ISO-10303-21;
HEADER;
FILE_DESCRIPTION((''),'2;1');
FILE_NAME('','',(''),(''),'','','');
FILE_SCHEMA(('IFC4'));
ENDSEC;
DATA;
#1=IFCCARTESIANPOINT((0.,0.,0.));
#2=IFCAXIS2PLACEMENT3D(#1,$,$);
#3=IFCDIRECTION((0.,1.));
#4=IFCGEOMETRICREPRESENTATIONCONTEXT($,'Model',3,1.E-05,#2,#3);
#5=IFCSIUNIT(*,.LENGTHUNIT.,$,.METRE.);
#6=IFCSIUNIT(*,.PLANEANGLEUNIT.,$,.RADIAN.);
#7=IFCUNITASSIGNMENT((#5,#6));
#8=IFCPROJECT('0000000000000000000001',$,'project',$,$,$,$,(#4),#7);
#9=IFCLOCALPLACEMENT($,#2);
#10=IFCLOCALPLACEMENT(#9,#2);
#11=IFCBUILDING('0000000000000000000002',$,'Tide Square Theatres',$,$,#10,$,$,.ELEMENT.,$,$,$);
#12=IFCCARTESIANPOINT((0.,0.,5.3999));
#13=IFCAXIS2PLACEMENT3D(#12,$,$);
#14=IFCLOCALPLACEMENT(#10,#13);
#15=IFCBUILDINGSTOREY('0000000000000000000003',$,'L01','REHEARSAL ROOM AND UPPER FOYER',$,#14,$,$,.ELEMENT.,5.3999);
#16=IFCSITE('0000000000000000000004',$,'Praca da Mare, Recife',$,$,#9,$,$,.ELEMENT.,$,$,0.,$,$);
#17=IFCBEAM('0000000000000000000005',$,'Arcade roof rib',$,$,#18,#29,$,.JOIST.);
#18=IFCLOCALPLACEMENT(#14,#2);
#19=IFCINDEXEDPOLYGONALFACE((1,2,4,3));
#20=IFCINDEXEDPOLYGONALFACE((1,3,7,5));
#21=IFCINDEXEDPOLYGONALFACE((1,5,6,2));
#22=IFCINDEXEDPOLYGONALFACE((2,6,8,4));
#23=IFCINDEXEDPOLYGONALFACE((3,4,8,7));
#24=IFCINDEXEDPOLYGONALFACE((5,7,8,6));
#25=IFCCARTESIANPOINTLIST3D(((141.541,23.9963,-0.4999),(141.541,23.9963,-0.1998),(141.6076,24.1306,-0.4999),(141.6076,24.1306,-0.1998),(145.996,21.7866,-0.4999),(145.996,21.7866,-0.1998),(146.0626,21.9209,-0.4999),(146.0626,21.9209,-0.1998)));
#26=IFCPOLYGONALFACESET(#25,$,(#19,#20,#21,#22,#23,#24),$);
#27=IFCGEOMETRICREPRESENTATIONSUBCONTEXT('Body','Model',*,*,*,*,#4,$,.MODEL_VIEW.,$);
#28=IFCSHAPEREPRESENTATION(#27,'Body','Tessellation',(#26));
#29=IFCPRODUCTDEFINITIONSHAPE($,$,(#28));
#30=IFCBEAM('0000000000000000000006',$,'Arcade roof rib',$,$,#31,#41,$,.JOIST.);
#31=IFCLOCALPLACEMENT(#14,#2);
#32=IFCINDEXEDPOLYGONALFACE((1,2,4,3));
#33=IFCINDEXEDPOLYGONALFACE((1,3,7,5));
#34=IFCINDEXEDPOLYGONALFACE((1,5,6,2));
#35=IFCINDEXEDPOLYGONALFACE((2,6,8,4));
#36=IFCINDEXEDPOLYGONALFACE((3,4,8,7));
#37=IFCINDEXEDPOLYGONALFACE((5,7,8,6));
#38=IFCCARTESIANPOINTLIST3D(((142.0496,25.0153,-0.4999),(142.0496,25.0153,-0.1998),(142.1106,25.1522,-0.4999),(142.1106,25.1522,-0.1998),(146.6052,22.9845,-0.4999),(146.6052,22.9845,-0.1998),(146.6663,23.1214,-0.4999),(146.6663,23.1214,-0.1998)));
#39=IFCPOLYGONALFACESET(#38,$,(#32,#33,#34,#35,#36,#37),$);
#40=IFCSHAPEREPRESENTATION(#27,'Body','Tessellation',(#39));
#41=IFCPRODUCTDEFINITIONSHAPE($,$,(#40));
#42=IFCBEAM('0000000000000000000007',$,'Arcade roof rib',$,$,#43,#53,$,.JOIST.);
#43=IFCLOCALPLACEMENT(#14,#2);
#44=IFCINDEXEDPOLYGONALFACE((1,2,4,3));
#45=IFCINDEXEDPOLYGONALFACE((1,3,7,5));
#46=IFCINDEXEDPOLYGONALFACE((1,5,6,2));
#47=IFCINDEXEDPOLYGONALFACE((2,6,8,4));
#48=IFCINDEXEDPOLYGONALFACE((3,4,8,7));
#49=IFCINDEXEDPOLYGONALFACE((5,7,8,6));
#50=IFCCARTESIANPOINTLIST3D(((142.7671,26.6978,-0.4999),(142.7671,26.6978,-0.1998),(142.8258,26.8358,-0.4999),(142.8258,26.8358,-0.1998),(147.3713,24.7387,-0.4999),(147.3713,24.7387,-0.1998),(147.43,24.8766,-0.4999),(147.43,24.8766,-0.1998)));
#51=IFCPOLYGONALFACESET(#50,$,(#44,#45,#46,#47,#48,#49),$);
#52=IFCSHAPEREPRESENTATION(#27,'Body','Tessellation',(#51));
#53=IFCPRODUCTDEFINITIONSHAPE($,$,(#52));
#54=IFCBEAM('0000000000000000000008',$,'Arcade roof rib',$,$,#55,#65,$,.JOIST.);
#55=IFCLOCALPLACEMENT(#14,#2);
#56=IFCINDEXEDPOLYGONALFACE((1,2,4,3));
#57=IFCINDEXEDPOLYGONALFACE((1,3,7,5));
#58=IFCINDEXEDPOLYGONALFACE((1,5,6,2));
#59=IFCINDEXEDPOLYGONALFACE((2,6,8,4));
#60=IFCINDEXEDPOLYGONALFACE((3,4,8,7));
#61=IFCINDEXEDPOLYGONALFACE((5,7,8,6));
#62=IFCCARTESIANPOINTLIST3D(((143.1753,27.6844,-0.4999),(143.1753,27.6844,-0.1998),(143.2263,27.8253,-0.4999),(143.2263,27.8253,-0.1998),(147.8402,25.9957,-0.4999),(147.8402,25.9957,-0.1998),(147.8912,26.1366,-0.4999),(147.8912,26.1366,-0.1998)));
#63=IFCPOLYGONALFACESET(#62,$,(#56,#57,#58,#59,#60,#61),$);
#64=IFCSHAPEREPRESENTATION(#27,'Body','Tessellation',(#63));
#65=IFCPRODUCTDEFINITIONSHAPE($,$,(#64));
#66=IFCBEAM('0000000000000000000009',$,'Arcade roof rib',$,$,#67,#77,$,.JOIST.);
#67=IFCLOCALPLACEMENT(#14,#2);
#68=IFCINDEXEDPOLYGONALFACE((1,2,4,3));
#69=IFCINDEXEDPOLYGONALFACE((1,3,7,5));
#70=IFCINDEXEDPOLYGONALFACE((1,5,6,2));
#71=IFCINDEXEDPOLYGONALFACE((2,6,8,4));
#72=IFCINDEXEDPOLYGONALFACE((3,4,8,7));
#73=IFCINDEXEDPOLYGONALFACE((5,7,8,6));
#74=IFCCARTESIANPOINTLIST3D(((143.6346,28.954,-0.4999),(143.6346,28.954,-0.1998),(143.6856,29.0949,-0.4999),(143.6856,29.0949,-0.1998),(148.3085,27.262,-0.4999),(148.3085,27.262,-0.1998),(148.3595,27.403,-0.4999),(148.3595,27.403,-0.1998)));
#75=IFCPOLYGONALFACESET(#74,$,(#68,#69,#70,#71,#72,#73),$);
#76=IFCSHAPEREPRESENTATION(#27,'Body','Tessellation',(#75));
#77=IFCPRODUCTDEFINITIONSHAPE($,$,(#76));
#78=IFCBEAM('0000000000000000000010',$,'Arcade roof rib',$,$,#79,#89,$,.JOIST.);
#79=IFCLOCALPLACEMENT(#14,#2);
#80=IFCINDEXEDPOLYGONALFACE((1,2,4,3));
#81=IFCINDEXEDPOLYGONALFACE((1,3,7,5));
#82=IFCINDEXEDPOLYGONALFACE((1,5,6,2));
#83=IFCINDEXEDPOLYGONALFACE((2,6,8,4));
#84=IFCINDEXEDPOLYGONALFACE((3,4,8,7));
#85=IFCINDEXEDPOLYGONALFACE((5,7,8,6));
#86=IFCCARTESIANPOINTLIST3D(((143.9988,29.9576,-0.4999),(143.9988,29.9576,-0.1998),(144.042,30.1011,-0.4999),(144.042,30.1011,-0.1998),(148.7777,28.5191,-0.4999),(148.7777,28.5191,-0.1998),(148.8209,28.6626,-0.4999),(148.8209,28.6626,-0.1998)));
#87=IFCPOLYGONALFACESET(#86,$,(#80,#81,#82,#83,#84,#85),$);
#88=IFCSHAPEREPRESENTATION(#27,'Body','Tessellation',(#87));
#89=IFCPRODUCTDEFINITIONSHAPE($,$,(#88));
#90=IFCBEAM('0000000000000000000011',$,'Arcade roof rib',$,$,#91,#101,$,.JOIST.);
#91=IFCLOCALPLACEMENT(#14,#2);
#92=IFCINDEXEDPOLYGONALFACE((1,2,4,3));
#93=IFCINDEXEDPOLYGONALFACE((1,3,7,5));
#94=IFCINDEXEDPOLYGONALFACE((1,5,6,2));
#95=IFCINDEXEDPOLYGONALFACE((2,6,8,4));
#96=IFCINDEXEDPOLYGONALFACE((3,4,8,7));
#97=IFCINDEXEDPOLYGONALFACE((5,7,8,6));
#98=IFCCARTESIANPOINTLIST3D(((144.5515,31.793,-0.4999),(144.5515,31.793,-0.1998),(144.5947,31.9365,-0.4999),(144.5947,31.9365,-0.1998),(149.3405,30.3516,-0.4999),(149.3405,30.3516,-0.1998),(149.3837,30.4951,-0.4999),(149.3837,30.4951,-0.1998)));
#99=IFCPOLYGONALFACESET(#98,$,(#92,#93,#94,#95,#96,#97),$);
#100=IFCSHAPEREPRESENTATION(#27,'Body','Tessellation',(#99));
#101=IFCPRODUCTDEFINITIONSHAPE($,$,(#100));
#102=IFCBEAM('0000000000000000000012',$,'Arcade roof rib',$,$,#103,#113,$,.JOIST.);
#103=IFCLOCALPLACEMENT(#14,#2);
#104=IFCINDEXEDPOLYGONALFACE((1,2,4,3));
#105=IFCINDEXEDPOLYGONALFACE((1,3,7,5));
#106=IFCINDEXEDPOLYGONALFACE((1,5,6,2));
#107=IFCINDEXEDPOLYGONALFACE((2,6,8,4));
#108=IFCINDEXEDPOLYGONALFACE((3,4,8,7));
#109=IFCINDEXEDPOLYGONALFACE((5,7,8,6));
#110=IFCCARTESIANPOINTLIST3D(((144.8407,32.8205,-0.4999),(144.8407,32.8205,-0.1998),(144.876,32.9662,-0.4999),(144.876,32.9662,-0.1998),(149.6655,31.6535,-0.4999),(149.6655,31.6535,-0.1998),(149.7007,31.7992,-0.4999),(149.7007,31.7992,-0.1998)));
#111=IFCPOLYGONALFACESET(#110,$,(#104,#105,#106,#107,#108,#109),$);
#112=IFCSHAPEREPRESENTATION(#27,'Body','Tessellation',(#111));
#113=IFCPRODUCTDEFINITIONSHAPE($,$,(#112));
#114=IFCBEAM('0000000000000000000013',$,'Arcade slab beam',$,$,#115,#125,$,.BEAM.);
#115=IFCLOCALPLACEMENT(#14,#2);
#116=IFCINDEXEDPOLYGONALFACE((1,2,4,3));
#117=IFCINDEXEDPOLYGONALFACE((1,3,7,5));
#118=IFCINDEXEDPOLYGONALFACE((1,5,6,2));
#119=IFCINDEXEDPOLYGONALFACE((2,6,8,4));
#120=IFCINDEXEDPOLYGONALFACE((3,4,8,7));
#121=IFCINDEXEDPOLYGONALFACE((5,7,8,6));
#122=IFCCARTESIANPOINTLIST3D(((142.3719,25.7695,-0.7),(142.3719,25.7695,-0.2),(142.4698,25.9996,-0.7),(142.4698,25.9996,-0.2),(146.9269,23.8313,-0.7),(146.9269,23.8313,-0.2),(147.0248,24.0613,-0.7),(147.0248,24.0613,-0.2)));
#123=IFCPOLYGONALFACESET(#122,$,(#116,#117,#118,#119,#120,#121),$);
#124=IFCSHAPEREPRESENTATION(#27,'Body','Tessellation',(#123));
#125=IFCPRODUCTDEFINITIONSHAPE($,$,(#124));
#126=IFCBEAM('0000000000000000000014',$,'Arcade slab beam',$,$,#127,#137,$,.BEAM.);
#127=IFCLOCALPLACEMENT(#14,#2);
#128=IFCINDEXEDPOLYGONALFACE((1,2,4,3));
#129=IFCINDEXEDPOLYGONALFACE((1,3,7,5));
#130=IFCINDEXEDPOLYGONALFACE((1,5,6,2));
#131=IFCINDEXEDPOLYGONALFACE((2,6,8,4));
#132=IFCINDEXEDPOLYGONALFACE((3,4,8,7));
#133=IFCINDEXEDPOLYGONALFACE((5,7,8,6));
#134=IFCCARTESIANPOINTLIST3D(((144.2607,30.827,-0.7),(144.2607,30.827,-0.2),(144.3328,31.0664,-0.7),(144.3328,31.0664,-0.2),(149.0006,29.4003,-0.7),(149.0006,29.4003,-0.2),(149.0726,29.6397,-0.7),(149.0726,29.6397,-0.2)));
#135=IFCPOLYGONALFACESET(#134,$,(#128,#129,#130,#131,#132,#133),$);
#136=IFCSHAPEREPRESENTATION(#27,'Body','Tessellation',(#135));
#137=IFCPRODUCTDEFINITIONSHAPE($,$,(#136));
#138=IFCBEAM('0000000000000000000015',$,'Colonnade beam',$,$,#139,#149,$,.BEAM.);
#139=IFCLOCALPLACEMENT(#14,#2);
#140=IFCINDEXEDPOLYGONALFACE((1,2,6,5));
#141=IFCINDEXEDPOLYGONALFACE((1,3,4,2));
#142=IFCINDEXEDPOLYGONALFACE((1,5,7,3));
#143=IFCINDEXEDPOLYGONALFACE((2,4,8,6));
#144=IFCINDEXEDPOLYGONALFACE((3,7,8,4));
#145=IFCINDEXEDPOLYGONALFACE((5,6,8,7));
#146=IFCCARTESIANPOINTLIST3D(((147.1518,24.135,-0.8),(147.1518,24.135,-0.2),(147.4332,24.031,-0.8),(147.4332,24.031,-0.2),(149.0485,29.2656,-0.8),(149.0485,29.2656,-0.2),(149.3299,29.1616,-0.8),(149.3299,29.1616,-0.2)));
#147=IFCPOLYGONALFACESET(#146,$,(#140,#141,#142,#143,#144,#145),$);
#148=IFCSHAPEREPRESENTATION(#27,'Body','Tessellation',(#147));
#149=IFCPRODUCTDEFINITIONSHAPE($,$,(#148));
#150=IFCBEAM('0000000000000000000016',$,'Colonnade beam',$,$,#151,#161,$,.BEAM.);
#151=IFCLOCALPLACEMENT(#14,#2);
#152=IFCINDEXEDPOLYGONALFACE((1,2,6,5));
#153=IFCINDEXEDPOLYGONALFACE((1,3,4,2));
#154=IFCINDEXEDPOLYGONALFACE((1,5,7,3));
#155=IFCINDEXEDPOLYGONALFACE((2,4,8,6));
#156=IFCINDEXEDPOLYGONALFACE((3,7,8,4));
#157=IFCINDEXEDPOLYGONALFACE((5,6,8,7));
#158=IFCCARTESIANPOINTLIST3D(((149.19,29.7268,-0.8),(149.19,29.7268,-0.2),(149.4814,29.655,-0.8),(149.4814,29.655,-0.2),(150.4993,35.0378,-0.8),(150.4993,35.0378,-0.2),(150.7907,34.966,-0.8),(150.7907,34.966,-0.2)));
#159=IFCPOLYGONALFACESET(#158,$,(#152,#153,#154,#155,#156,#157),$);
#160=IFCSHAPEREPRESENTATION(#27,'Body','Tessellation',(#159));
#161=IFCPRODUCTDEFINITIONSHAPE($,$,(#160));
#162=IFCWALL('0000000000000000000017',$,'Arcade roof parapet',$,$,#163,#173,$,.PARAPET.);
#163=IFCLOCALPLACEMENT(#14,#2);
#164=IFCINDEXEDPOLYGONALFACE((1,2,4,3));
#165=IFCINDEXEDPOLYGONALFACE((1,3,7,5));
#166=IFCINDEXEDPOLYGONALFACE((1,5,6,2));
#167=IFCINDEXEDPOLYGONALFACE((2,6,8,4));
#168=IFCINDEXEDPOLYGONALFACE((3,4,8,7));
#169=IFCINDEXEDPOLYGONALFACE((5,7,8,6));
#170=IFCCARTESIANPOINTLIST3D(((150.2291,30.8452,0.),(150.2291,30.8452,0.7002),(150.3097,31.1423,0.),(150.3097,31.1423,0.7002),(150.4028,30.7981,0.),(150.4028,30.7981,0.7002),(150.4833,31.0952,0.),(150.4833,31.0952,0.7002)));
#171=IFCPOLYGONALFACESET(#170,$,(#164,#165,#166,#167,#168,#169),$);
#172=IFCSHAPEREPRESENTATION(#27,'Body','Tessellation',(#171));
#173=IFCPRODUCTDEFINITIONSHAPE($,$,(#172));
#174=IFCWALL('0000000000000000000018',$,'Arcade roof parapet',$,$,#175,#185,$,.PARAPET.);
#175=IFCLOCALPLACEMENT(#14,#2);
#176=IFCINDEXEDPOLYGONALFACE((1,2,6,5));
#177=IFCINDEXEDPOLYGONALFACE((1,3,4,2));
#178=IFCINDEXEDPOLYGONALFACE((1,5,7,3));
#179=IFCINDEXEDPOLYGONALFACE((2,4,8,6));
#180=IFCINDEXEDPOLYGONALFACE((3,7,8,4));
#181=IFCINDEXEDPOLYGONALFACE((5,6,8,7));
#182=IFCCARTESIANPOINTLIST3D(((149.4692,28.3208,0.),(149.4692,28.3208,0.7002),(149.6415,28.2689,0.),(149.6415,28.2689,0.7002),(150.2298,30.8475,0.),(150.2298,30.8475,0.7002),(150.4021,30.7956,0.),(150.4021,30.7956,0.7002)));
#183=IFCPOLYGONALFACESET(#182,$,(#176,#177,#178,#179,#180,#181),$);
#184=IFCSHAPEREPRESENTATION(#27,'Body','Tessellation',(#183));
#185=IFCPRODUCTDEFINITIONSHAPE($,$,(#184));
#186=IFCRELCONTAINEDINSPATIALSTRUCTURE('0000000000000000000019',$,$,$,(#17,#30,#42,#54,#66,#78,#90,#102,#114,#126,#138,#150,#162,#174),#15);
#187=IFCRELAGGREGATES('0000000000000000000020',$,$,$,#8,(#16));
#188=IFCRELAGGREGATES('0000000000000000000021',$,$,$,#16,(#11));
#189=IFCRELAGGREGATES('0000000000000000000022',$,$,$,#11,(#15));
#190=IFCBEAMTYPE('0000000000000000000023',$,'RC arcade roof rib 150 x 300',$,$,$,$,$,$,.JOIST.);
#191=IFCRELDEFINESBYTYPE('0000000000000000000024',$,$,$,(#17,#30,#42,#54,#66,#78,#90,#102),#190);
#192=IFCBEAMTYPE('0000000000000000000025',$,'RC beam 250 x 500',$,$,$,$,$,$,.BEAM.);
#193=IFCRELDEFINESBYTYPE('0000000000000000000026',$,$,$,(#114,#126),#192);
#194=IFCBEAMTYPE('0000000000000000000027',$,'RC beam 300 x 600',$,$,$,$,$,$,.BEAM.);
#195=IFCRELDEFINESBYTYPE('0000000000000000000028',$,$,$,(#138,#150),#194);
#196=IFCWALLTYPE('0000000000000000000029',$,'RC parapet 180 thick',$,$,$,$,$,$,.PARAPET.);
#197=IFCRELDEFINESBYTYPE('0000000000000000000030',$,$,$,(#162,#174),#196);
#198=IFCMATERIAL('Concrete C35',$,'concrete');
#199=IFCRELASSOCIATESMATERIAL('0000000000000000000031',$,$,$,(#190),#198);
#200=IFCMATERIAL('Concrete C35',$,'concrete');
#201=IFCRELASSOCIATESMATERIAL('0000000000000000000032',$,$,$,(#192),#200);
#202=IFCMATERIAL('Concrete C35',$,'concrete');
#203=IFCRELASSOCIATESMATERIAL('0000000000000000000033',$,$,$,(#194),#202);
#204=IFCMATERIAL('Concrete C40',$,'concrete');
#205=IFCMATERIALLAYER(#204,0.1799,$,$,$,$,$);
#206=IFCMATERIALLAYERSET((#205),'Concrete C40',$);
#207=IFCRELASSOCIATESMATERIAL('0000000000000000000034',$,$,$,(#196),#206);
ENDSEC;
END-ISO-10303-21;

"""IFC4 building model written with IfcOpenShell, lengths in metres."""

from ifc_helpers import new_model, si_unit, direction, frame, frame_2d, origin, origin_2d, place, context, subcontext, project, spatial, rectangle, extrude, material, layer, layer_set, material_profile, profile_set, type_object, element, save


model = new_model("IFC4")

# Units and contexts
model_context = context("Model", 3, precision=1e-05, world=origin(), true_north=direction((0.0, 1.0)))
body_context = subcontext(model_context, "Body", "Model", "MODEL_VIEW")
ifc_project = project(units=[si_unit("LENGTHUNIT", "METRE"), si_unit("PLANEANGLEUNIT", "RADIAN")], contexts=[model_context])

# Site, building, storey
site_placement = place(None, origin())
site = spatial("IfcSite", under=ifc_project, at=site_placement, Name="Praca da Mare, Recife", CompositionType="ELEMENT", RefElevation=0.0)
building_placement = place(site_placement, origin())
building = spatial("IfcBuilding", under=site, at=building_placement, Name="Tide Square Theatres", CompositionType="ELEMENT")
storey_placement = place(building_placement, frame((0.0, 0.0, 5.3999)))
storey = spatial("IfcBuildingStorey", under=building, at=storey_placement, Name="L01", Description="REHEARSAL ROOM AND UPPER FOYER", CompositionType="ELEMENT", Elevation=5.3999)

# Beams
ifc_material_1 = material(Name="Concrete C35", Category="concrete")
ifc_material_profile_1 = material_profile(ifc_material_1, rectangle(XDim=0.1499, YDim=0.3, at=origin_2d()))
ifc_profile_set_1 = profile_set([ifc_material_profile_1], Name="Concrete C35")
beam_type_1 = type_object("IfcBeamType", Name="RC arcade roof rib 150 x 300", PredefinedType="JOIST", material=ifc_profile_set_1)
beam_1_placement = place(storey_placement, frame((146.0293, 21.8538, -0.3499), z_axis=(-0.895856, 0.444344, 0.0), x_axis=(-0.444344, -0.895856, 0.0)))
element("IfcBeam", 1, at=beam_1_placement, inside=storey, type_object=beam_type_1, Name="Arcade roof rib", PredefinedType="JOIST", context=body_context, shape_type="SweptSolid", body=[
    extrude(rectangle(XDim=0.1499, YDim=0.3, at=origin_2d()), origin(), (0.0, 0.0, 1.0), 4.9729),
])
beam_2_placement = place(storey_placement, frame((146.6357, 23.053, -0.3499), z_axis=(-0.913363, 0.407146, 0.0), x_axis=(-0.407146, -0.913363, 0.0)))
element("IfcBeam", 2, at=beam_2_placement, inside=storey, type_object=beam_type_1, Name="Arcade roof rib", PredefinedType="JOIST", context=body_context, shape_type="SweptSolid", body=[
    extrude(rectangle(XDim=0.1499, YDim=0.3, at=origin_2d()), origin(), (0.0, 0.0, 1.0), 4.9878),
])
beam_3_placement = place(storey_placement, frame((147.4006, 24.8076, -0.3499), z_axis=(-0.920157, 0.391551, 0.0), x_axis=(-0.391551, -0.920157, 0.0)))
element("IfcBeam", 3, at=beam_3_placement, inside=storey, type_object=beam_type_1, Name="Arcade roof rib", PredefinedType="JOIST", context=body_context, shape_type="SweptSolid", body=[
    extrude(rectangle(XDim=0.1499, YDim=0.3, at=origin_2d()), origin(), (0.0, 0.0, 1.0), 5.0037),
])
beam_4_placement = place(storey_placement, frame((147.8657, 26.0662, -0.3499), z_axis=(-0.940288, 0.34038, 0.0), x_axis=(-0.34038, -0.940288, 0.0)))
element("IfcBeam", 4, at=beam_4_placement, inside=storey, type_object=beam_type_1, Name="Arcade roof rib", PredefinedType="JOIST", context=body_context, shape_type="SweptSolid", body=[
    extrude(rectangle(XDim=0.1499, YDim=0.3, at=origin_2d()), origin(), (0.0, 0.0, 1.0), 4.9612),
])
beam_5_placement = place(storey_placement, frame((148.334, 27.3325, -0.3499), z_axis=(-0.940289, 0.340378, 0.0), x_axis=(-0.340378, -0.940289, 0.0)))
element("IfcBeam", 5, at=beam_5_placement, inside=storey, type_object=beam_type_1, Name="Arcade roof rib", PredefinedType="JOIST", context=body_context, shape_type="SweptSolid", body=[
    extrude(rectangle(XDim=0.1499, YDim=0.3, at=origin_2d()), origin(), (0.0, 0.0, 1.0), 4.9707),
])
beam_6_placement = place(storey_placement, frame((148.7993, 28.5908, -0.3499), z_axis=(-0.957559, 0.288236, 0.0), x_axis=(-0.288236, -0.957559, 0.0)))
element("IfcBeam", 6, at=beam_6_placement, inside=storey, type_object=beam_type_1, Name="Arcade roof rib", PredefinedType="JOIST", context=body_context, shape_type="SweptSolid", body=[
    extrude(rectangle(XDim=0.1499, YDim=0.3, at=origin_2d()), origin(), (0.0, 0.0, 1.0), 4.9907),
])
beam_7_placement = place(storey_placement, frame((149.3621, 30.4233, -0.3499), z_axis=(-0.957568, 0.288208, 0.0), x_axis=(-0.288208, -0.957568, 0.0)))
element("IfcBeam", 7, at=beam_7_placement, inside=storey, type_object=beam_type_1, Name="Arcade roof rib", PredefinedType="JOIST", context=body_context, shape_type="SweptSolid", body=[
    extrude(rectangle(XDim=0.1499, YDim=0.3, at=origin_2d()), origin(), (0.0, 0.0, 1.0), 5.0012),
])
beam_8_placement = place(storey_placement, frame((149.6831, 31.7263, -0.3499), z_axis=(-0.971971, 0.235099, 0.0), x_axis=(-0.235099, -0.971971, 0.0)))
element("IfcBeam", 8, at=beam_8_placement, inside=storey, type_object=beam_type_1, Name="Arcade roof rib", PredefinedType="JOIST", context=body_context, shape_type="SweptSolid", body=[
    extrude(rectangle(XDim=0.1499, YDim=0.3, at=origin_2d()), origin(), (0.0, 0.0, 1.0), 4.9639),
])
ifc_material_2 = material(Name="Concrete C35", Category="concrete")
ifc_material_profile_2 = material_profile(ifc_material_2, rectangle(XDim=0.25, YDim=0.5, at=origin_2d()))
ifc_profile_set_2 = profile_set([ifc_material_profile_2], Name="Concrete C35")
beam_type_2 = type_object("IfcBeamType", Name="RC beam 250 x 500", PredefinedType="BEAM", material=ifc_profile_set_2)
beam_9_placement = place(storey_placement, frame((146.9758, 23.9463, -0.45), z_axis=(-0.920157, 0.391549, 0.0), x_axis=(-0.391549, -0.920157, 0.0)))
element("IfcBeam", 9, at=beam_9_placement, inside=storey, type_object=beam_type_2, Name="Arcade slab beam", PredefinedType="BEAM", context=body_context, shape_type="SweptSolid", body=[
    extrude(rectangle(XDim=0.25, YDim=0.5, at=origin_2d()), origin(), (0.0, 0.0, 1.0), 4.9502),
])
beam_10_placement = place(storey_placement, frame((149.0366, 29.52, -0.45), z_axis=(-0.957561, 0.28823, 0.0), x_axis=(-0.28823, -0.957561, 0.0)))
element("IfcBeam", 10, at=beam_10_placement, inside=storey, type_object=beam_type_2, Name="Arcade slab beam", PredefinedType="BEAM", context=body_context, shape_type="SweptSolid", body=[
    extrude(rectangle(XDim=0.25, YDim=0.5, at=origin_2d()), origin(), (0.0, 0.0, 1.0), 4.95),
])
ifc_material_3 = material(Name="Concrete C35", Category="concrete")
ifc_material_profile_3 = material_profile(ifc_material_3, rectangle(XDim=0.3, YDim=0.6001, at=origin_2d()))
ifc_profile_set_3 = profile_set([ifc_material_profile_3], Name="Concrete C35")
beam_type_3 = type_object("IfcBeamType", Name="RC beam 300 x 600", PredefinedType="BEAM", material=ifc_profile_set_3)
for number, where, z_axis, x_axis, name in (
    (11, (147.2925, 24.083, -0.5), (0.346752, 0.937957, 0.0), (-0.937957, 0.346752, 0.0), "Colonnade beam"),
    (12, (149.3357, 29.6909, -0.5), (0.239363, 0.97093, 0.0), (-0.97093, 0.239363, 0.0), "Colonnade beam"),
):
    element("IfcBeam", number, at=place(storey_placement, frame(where, z_axis=z_axis, x_axis=x_axis)), inside=storey, type_object=beam_type_3, Name=name, PredefinedType="BEAM", context=body_context, shape_type="SweptSolid", body=[
        extrude(rectangle(XDim=0.3, YDim=0.6001, at=origin_2d()), origin(), (0.0, 0.0, 1.0), 5.47),
    ])

# Walls
ifc_material_4 = material(Name="Concrete C40", Category="concrete")
ifc_layer = layer(ifc_material_4, 0.1799)
ifc_layer_set = layer_set([ifc_layer], Name="Concrete C40")
wall_type = type_object("IfcWallType", Name="RC parapet 180 thick", PredefinedType="PARAPET", material=ifc_layer_set)
wall_1_placement = place(storey_placement, frame((150.3965, 31.1187, 0.0), z_axis=(0.0, 0.0, 1.0), x_axis=(-0.261708, -0.965147, 0.0)))
element("IfcWall", 13, at=wall_1_placement, inside=storey, type_object=wall_type, Name="Arcade roof parapet", PredefinedType="PARAPET", context=body_context, shape_type="SweptSolid", body=[
    extrude(rectangle(XDim=0.3079, YDim=0.1799, at=frame_2d((0.1538, 0.0))), origin(), (0.0, 0.0, 1.0), 0.7002),
])
wall_2_placement = place(storey_placement, frame((150.3159, 30.8215, 0.0), z_axis=(0.0, 0.0, 1.0), x_axis=(-0.288222, -0.957564, 0.0)))
element("IfcWall", 14, at=wall_2_placement, inside=storey, type_object=wall_type, Name="Arcade roof parapet", PredefinedType="PARAPET", context=body_context, shape_type="SweptSolid", body=[
    extrude(rectangle(XDim=2.6387, YDim=0.1799, at=frame_2d((1.3193, 0.0))), origin(), (0.0, 0.0, 1.0), 0.7002),
])

save(model, "model.ifc")
